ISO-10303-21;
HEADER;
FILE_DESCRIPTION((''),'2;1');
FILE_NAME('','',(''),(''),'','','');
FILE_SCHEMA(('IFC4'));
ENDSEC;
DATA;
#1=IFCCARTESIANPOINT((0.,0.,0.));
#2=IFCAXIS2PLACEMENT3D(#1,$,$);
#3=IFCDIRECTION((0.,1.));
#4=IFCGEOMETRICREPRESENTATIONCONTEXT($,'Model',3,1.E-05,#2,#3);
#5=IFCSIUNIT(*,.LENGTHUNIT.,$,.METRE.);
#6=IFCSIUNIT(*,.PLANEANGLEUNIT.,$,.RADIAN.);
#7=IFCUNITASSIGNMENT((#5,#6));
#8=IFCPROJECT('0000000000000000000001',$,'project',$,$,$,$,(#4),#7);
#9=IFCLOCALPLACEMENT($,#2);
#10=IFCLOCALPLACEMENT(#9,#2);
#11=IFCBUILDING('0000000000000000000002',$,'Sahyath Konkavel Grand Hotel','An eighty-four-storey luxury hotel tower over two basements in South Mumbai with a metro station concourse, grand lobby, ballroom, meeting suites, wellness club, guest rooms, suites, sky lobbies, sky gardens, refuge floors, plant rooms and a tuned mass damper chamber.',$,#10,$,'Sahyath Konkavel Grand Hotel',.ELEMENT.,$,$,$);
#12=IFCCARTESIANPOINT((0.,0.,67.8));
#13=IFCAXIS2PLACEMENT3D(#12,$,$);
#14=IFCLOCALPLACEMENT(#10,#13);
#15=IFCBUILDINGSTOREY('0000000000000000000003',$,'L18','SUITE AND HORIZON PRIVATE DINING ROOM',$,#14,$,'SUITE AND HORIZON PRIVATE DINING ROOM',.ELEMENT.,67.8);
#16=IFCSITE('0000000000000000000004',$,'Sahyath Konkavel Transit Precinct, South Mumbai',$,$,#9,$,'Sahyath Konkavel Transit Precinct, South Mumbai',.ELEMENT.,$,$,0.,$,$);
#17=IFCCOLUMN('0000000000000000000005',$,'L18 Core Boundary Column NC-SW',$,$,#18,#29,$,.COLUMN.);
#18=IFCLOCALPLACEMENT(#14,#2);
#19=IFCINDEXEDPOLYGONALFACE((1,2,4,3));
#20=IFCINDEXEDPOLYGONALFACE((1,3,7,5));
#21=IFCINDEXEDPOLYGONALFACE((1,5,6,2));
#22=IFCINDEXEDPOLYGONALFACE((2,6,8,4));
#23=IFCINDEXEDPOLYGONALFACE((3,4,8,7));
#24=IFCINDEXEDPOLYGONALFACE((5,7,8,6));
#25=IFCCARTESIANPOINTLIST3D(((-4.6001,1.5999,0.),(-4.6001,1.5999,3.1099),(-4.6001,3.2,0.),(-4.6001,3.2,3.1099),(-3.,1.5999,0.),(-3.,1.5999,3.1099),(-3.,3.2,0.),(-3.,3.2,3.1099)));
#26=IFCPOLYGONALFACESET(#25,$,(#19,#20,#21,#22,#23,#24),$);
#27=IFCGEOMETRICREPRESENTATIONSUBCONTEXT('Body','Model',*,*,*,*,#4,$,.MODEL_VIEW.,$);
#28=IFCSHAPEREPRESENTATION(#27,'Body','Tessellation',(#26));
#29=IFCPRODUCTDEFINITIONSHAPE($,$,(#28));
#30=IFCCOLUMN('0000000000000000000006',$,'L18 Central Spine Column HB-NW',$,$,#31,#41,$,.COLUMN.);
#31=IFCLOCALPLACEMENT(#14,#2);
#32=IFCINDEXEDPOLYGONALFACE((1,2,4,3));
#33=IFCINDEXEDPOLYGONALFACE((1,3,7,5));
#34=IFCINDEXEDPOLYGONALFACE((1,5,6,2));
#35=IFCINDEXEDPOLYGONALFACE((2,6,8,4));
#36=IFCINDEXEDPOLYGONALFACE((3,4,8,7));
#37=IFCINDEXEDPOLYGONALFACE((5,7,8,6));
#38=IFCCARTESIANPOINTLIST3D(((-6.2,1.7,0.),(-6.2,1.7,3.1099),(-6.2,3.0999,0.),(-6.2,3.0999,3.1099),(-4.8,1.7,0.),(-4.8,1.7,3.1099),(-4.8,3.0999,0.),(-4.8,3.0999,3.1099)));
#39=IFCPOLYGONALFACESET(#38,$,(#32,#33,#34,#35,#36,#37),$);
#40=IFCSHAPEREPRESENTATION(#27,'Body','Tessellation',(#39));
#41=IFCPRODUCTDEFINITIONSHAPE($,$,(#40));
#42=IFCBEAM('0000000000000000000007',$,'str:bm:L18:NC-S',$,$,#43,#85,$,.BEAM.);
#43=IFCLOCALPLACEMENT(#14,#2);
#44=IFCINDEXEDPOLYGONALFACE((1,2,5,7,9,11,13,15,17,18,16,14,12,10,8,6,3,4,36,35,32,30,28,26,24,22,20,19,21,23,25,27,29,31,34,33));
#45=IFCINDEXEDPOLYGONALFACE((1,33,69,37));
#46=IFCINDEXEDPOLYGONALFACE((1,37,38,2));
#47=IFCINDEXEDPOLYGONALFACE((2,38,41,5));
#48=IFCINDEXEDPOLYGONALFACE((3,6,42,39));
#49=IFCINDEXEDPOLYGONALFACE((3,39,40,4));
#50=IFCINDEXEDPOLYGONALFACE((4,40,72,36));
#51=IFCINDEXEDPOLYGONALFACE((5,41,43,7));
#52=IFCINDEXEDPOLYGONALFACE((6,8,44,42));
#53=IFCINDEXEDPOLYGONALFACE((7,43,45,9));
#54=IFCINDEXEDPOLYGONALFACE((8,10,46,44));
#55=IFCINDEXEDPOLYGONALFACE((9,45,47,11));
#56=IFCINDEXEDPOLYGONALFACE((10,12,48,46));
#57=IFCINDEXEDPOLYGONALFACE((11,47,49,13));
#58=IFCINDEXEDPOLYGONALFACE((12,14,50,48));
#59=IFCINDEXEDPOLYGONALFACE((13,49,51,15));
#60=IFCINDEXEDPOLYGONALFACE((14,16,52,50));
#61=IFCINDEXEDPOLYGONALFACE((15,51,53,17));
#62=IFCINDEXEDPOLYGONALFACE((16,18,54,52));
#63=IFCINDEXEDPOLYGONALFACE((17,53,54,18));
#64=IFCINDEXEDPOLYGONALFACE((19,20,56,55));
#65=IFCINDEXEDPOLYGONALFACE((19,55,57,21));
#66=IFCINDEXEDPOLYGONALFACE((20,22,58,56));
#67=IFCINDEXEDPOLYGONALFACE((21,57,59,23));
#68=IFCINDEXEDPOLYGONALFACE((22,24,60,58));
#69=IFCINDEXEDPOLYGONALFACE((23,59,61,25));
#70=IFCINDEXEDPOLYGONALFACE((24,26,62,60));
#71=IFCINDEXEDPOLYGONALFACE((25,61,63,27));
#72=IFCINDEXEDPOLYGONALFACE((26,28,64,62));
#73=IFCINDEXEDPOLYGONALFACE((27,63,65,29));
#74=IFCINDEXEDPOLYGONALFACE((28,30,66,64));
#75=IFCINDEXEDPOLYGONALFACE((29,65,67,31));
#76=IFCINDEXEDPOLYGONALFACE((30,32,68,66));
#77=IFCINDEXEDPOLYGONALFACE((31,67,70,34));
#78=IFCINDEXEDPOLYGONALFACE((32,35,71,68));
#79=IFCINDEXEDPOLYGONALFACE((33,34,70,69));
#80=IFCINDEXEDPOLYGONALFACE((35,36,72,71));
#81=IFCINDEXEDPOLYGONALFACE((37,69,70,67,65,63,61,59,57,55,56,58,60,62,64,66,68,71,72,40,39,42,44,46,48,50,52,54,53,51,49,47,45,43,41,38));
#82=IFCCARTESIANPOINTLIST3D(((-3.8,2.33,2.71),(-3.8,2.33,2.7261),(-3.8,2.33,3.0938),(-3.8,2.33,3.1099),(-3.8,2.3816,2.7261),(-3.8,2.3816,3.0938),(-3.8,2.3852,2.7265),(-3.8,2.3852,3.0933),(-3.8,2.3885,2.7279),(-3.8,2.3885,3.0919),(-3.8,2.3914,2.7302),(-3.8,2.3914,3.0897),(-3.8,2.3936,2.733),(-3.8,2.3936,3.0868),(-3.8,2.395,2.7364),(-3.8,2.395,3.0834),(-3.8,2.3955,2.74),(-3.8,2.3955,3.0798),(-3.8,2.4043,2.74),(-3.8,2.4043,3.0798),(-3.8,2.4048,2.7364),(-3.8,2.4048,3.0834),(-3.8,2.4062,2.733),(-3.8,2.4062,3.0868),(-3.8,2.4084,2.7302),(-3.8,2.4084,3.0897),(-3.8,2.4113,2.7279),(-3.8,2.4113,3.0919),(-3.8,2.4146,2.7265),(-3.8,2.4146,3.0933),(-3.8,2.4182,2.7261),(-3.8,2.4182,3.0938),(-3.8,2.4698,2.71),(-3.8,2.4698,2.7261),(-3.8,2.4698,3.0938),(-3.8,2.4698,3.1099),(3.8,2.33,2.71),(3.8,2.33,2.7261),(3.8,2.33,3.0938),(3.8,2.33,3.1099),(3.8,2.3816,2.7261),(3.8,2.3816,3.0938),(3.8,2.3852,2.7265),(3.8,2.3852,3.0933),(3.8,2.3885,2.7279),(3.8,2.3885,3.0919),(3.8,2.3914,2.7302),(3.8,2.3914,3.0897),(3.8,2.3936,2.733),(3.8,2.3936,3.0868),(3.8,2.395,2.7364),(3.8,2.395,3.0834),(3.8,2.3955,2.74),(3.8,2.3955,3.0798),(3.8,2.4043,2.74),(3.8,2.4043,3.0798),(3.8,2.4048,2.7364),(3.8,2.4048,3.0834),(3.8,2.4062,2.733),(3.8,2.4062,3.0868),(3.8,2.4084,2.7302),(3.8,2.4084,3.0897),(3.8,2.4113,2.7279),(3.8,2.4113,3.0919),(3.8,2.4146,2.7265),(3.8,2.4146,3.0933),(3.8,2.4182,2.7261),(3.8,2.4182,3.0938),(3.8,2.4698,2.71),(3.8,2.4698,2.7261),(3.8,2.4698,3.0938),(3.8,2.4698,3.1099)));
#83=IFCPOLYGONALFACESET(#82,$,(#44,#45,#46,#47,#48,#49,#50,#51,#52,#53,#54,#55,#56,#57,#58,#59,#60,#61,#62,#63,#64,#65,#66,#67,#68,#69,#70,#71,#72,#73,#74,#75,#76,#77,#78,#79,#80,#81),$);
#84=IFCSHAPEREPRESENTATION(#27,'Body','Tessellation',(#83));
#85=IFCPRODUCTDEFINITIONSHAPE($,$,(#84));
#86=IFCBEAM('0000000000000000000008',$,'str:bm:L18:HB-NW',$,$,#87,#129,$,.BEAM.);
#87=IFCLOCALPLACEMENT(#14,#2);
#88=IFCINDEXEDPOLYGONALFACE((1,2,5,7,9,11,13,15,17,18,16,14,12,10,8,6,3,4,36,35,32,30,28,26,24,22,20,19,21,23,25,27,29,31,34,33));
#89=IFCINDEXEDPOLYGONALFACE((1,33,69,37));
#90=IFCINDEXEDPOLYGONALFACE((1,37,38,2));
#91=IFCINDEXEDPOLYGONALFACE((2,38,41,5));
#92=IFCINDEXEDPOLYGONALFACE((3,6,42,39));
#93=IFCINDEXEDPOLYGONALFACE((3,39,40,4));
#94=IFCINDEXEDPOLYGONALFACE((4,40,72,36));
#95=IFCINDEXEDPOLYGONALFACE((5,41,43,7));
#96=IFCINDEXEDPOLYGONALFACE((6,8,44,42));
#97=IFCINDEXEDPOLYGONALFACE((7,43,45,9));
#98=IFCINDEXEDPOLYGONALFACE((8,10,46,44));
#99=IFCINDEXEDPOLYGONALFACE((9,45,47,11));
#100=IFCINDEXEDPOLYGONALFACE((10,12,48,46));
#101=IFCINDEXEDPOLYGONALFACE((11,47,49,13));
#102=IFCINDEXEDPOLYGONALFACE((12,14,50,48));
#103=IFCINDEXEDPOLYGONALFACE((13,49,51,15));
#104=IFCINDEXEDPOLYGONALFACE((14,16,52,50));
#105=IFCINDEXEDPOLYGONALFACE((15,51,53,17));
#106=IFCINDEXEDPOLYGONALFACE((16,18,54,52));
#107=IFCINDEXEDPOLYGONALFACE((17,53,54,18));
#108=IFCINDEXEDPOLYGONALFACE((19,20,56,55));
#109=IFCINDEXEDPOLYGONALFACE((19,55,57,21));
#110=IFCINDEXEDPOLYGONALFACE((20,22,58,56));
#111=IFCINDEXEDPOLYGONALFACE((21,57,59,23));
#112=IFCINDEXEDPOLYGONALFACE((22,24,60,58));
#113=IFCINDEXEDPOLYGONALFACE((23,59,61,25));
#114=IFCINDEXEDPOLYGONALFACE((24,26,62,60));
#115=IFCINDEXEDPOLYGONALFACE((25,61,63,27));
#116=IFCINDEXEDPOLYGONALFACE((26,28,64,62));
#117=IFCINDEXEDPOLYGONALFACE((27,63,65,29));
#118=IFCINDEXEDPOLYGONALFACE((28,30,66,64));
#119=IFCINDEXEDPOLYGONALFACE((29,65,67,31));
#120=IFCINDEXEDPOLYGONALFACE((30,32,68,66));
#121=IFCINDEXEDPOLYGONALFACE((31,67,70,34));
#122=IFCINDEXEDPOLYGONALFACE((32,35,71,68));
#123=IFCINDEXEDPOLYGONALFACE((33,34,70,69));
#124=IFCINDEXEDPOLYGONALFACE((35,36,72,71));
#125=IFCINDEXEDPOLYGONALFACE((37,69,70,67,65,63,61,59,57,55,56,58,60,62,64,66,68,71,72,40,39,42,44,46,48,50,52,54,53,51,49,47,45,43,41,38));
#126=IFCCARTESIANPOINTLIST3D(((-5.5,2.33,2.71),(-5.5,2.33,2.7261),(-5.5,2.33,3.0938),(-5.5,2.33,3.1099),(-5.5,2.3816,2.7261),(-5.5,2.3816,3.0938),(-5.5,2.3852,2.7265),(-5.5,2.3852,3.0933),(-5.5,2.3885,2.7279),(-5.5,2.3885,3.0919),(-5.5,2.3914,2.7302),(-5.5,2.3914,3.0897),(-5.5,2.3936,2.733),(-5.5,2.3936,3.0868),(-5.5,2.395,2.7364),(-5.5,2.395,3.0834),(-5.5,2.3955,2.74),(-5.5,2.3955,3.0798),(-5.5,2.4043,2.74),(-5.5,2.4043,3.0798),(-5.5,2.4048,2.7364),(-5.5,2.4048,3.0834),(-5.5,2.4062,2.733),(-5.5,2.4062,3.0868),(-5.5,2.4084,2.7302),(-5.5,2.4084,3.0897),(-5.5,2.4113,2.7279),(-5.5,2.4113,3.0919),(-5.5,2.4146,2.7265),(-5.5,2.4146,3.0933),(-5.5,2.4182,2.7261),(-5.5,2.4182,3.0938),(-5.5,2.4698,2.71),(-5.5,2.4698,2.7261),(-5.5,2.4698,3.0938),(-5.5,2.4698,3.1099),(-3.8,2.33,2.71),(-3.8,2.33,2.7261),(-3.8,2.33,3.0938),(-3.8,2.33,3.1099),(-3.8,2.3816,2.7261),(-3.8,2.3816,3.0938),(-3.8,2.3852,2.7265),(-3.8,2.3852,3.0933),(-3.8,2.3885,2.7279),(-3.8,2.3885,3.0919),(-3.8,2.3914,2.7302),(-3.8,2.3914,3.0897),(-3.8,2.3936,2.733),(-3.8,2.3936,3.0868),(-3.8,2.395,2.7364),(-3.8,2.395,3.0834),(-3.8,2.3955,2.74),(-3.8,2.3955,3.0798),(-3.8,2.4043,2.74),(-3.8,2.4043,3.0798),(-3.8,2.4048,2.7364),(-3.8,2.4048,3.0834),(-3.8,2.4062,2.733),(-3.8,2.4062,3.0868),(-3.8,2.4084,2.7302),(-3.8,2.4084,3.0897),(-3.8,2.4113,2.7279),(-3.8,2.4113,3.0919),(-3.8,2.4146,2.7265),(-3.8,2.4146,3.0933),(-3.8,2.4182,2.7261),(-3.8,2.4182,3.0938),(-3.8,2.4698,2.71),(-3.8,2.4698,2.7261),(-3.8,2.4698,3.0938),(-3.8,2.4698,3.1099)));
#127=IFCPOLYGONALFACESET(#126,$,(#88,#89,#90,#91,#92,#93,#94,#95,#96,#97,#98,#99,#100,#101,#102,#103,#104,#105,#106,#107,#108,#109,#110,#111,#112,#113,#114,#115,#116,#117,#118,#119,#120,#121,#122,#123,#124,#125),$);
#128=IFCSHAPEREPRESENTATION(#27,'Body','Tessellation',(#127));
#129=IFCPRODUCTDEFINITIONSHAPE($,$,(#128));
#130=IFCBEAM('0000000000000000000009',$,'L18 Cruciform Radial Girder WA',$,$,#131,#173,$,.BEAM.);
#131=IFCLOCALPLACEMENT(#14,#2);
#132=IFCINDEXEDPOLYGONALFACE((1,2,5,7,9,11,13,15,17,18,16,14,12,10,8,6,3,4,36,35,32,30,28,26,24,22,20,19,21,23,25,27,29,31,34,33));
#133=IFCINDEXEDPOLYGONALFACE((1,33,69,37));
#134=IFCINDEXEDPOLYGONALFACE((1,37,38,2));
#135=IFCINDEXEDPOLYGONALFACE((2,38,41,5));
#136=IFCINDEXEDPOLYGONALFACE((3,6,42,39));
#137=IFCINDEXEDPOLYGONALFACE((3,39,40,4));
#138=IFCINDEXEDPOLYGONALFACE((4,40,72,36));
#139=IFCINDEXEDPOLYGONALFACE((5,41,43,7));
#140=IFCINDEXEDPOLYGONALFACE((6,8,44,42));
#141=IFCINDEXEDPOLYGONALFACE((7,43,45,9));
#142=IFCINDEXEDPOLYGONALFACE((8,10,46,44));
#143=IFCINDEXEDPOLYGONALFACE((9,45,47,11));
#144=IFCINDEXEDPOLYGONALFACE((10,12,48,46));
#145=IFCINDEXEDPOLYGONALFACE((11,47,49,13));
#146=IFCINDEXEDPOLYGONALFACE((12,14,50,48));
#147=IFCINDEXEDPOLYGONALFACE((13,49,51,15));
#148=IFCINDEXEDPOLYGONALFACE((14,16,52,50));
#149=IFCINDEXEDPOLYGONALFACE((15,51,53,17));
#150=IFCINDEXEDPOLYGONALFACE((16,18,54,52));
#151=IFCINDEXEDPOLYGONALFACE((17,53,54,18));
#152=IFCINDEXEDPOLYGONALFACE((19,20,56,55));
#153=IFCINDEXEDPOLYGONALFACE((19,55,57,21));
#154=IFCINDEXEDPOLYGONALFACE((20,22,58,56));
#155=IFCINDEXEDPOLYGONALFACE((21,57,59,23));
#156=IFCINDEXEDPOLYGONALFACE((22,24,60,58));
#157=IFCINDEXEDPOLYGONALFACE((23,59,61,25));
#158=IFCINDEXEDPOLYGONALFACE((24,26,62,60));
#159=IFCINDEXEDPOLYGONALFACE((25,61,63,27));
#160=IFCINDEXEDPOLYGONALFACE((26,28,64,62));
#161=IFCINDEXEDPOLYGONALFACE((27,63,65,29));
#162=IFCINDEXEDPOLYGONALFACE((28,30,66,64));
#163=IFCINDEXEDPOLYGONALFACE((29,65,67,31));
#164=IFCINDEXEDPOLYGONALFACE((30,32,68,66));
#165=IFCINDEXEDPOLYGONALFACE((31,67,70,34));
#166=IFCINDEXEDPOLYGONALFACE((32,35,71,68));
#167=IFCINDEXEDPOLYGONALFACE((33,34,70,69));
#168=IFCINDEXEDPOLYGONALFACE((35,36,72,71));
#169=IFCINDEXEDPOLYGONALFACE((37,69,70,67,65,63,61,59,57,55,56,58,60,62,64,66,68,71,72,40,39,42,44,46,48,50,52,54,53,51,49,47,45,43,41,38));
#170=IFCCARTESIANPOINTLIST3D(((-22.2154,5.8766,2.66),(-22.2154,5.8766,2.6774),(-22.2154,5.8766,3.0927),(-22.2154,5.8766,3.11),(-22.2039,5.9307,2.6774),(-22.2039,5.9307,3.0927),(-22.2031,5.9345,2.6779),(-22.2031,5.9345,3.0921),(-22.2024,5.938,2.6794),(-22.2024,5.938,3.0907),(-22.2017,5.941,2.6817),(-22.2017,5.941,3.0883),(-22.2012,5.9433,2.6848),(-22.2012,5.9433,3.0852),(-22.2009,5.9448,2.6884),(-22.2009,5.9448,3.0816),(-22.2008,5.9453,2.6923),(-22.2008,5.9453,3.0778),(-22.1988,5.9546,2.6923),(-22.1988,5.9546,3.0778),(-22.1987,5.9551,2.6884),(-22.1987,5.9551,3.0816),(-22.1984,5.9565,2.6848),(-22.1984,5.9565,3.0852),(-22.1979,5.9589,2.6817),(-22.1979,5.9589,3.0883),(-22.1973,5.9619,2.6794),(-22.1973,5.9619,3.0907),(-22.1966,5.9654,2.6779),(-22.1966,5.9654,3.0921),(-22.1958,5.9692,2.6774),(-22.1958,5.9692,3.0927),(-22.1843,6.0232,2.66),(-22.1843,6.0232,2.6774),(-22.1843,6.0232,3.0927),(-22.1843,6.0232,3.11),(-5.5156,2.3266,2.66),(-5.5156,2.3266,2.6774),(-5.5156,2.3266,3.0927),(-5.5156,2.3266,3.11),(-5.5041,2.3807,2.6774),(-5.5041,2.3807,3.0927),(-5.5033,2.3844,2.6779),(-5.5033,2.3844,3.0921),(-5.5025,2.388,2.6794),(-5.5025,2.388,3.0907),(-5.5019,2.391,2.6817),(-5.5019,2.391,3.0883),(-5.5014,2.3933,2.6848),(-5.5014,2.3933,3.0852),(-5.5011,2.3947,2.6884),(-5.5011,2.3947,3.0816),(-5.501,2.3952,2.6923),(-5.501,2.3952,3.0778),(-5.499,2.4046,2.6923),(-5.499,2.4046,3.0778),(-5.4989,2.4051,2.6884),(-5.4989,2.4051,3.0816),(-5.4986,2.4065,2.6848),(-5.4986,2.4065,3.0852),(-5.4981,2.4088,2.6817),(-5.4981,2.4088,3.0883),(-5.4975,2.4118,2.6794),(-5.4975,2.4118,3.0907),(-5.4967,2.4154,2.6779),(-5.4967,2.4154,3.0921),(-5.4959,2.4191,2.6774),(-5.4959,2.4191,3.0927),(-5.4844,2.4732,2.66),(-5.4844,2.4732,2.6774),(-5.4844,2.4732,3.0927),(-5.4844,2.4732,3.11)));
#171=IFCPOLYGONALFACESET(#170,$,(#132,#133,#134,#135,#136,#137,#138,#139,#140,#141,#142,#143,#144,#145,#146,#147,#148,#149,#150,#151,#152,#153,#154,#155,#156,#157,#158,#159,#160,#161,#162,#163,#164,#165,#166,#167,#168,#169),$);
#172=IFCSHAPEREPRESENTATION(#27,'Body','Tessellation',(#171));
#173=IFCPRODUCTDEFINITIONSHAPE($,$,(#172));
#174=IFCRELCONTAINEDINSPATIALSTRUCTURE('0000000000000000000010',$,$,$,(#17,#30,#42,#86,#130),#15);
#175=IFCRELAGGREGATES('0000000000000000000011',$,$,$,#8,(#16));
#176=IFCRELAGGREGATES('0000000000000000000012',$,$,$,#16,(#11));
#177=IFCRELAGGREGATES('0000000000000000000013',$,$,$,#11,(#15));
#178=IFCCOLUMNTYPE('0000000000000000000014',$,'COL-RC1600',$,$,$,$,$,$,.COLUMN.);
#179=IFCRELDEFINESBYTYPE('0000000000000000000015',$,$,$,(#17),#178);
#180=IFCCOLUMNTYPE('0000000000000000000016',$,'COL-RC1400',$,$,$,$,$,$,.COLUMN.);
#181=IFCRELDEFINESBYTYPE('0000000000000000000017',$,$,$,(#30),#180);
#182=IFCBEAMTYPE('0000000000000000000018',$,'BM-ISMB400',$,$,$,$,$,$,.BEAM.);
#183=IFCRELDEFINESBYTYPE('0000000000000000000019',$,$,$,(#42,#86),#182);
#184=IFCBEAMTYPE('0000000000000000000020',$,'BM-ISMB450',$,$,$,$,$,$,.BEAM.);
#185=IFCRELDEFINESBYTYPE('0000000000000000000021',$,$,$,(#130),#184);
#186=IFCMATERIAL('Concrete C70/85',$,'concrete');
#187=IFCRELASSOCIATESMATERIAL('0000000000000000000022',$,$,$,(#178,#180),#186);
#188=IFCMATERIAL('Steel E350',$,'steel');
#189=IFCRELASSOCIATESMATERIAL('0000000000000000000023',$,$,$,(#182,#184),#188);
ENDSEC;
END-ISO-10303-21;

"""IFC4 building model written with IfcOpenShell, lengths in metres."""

from ifc_helpers import new_model, si_unit, direction, frame, origin, origin_2d, place, context, subcontext, project, spatial, rectangle, i_section, extrude, source, transform, mapped, material, material_profile, profile_set, type_object, element, save


model = new_model("IFC4")

# Units and contexts
model_context = context("Model", 3, precision=1e-05, world=origin(), true_north=direction((0.0, 1.0)))
body_context = subcontext(model_context, "Body", "Model", "MODEL_VIEW")
ifc_project = project(units=[si_unit("LENGTHUNIT", "METRE"), si_unit("PLANEANGLEUNIT", "RADIAN")], contexts=[model_context])

# Site, building, storey
site_placement = place(None, origin())
site = spatial("IfcSite", under=ifc_project, at=site_placement, Name="Sahyath Konkavel Transit Precinct, South Mumbai", LongName="Sahyath Konkavel Transit Precinct, South Mumbai", CompositionType="ELEMENT", RefElevation=0.0)
building_placement = place(site_placement, origin())
building = spatial("IfcBuilding", under=site, at=building_placement, Name="Sahyath Konkavel Grand Hotel", Description="An eighty-four-storey luxury hotel tower over two basements in South Mumbai with a metro station concourse, grand lobby, ballroom, meeting suites, wellness club, guest rooms, suites, sky lobbies, sky gardens, refuge floors, plant rooms and a tuned mass damper chamber.", LongName="Sahyath Konkavel Grand Hotel", CompositionType="ELEMENT")
storey_placement = place(building_placement, frame((0.0, 0.0, 67.8)))
storey = spatial("IfcBuildingStorey", under=building, at=storey_placement, Name="L18", Description="SUITE AND HORIZON PRIVATE DINING ROOM", LongName="SUITE AND HORIZON PRIVATE DINING ROOM", CompositionType="ELEMENT", Elevation=67.8)

# Columns
ifc_material_1 = material(Name="Concrete C70/85", Category="concrete")
ifc_material_profile_1 = material_profile(ifc_material_1, rectangle(XDim=1.6001, YDim=1.6001, at=origin_2d()), Name="RC 1600x1600")
ifc_profile_set_1 = profile_set([ifc_material_profile_1], Name="Concrete C70/85")
column_type_1 = type_object("IfcColumnType", Name="COL-RC1600", PredefinedType="COLUMN", material=ifc_profile_set_1)
shared_shape_1 = source(origin(), body_context, "Body", "SweptSolid", [
    extrude(rectangle(XDim=1.6001, YDim=1.6001, at=origin_2d()), origin(), (0.0, 0.0, 1.0), 3.1099),
])
column_1_placement = place(storey_placement, frame((-3.8, 2.3999, 0.0), z_axis=(0.0, 0.0, 1.0), x_axis=(1.0, 0.0, 0.0)))
element("IfcColumn", 1, at=column_1_placement, inside=storey, type_object=column_type_1, Name="L18 Core Boundary Column NC-SW", PredefinedType="COLUMN", context=body_context, shape_type="MappedRepresentation", body=[
    mapped(shared_shape_1, transform((0.0, 0.0, 0.0), scale=1.0)),
])
ifc_material_profile_2 = material_profile(ifc_material_1, rectangle(XDim=1.3999, YDim=1.3999, at=origin_2d()), Name="RC 1400x1400")
ifc_profile_set_2 = profile_set([ifc_material_profile_2], Name="Concrete C70/85")
column_type_2 = type_object("IfcColumnType", Name="COL-RC1400", PredefinedType="COLUMN", material=ifc_profile_set_2)
shared_shape_2 = source(origin(), body_context, "Body", "SweptSolid", [
    extrude(rectangle(XDim=1.3999, YDim=1.3999, at=origin_2d()), origin(), (0.0, 0.0, 1.0), 3.1099),
])
column_2_placement = place(storey_placement, frame((-5.5, 2.3999, 0.0), z_axis=(0.0, 0.0, 1.0), x_axis=(1.0, 0.0, 0.0)))
element("IfcColumn", 2, at=column_2_placement, inside=storey, type_object=column_type_2, Name="L18 Central Spine Column HB-NW", PredefinedType="COLUMN", context=body_context, shape_type="MappedRepresentation", body=[
    mapped(shared_shape_2, transform((0.0, 0.0, 0.0), scale=1.0)),
])

# Beams
ifc_material_2 = material(Name="Steel E350", Category="steel")
ifc_material_profile_3 = material_profile(ifc_material_2, i_section(OverallWidth=0.1399, OverallDepth=0.3999, WebThickness=0.0088, FlangeThickness=0.0161, FilletRadius=0.0139, at=origin_2d()), Name="ISMB 400")
ifc_profile_set_3 = profile_set([ifc_material_profile_3], Name="Steel E350")
beam_type_1 = type_object("IfcBeamType", Name="BM-ISMB400", PredefinedType="BEAM", material=ifc_profile_set_3)
shared_shape_3 = source(origin(), body_context, "Body", "SweptSolid", [
    extrude(i_section(OverallWidth=0.1399, OverallDepth=0.3999, WebThickness=0.0088, FlangeThickness=0.0161, FilletRadius=0.0139, at=origin_2d()), origin(), (0.0, 0.0, 1.0), 7.6001),
])
beam_1_placement = place(storey_placement, frame((-3.8, 2.3999, 2.9099), z_axis=(1.0, 0.0, 0.0), x_axis=(0.0, 1.0, 0.0)))
element("IfcBeam", 3, at=beam_1_placement, inside=storey, type_object=beam_type_1, Name="str:bm:L18:NC-S", PredefinedType="BEAM", context=body_context, shape_type="MappedRepresentation", body=[
    mapped(shared_shape_3, transform((0.0, 0.0, 0.0), scale=1.0)),
])
shared_shape_4 = source(origin(), body_context, "Body", "SweptSolid", [
    extrude(i_section(OverallWidth=0.1399, OverallDepth=0.3999, WebThickness=0.0088, FlangeThickness=0.0161, FilletRadius=0.0139, at=origin_2d()), origin(), (0.0, 0.0, 1.0), 1.7),
])
beam_2_placement = place(storey_placement, frame((-5.5, 2.3999, 2.9099), z_axis=(1.0, 0.0, 0.0), x_axis=(0.0, 1.0, 0.0)))
element("IfcBeam", 4, at=beam_2_placement, inside=storey, type_object=beam_type_1, Name="str:bm:L18:HB-NW", PredefinedType="BEAM", context=body_context, shape_type="MappedRepresentation", body=[
    mapped(shared_shape_4, transform((0.0, 0.0, 0.0), scale=1.0)),
])
ifc_material_profile_4 = material_profile(ifc_material_2, i_section(OverallWidth=0.1499, OverallDepth=0.45, WebThickness=0.0095, FlangeThickness=0.0173, FilletRadius=0.0149, at=origin_2d()), Name="ISMB 450")
ifc_profile_set_4 = profile_set([ifc_material_profile_4], Name="Steel E350")
beam_type_2 = type_object("IfcBeamType", Name="BM-ISMB450", PredefinedType="BEAM", material=ifc_profile_set_4)
shared_shape_5 = source(origin(), body_context, "Body", "SweptSolid", [
    extrude(i_section(OverallWidth=0.1499, OverallDepth=0.45, WebThickness=0.0095, FlangeThickness=0.0173, FilletRadius=0.0149, at=origin_2d()), origin(), (0.0, 0.0, 1.0), 17.073),
])
beam_3_placement = place(storey_placement, frame((-5.5, 2.3999, 2.885), z_axis=(-0.978143, 0.207932, 0.0), x_axis=(-0.207932, -0.978143, 0.0)))
element("IfcBeam", 5, at=beam_3_placement, inside=storey, type_object=beam_type_2, Name="L18 Cruciform Radial Girder WA", PredefinedType="BEAM", context=body_context, shape_type="MappedRepresentation", body=[
    mapped(shared_shape_5, transform((0.0, 0.0, 0.0), scale=1.0)),
])

save(model, "model.ifc")
